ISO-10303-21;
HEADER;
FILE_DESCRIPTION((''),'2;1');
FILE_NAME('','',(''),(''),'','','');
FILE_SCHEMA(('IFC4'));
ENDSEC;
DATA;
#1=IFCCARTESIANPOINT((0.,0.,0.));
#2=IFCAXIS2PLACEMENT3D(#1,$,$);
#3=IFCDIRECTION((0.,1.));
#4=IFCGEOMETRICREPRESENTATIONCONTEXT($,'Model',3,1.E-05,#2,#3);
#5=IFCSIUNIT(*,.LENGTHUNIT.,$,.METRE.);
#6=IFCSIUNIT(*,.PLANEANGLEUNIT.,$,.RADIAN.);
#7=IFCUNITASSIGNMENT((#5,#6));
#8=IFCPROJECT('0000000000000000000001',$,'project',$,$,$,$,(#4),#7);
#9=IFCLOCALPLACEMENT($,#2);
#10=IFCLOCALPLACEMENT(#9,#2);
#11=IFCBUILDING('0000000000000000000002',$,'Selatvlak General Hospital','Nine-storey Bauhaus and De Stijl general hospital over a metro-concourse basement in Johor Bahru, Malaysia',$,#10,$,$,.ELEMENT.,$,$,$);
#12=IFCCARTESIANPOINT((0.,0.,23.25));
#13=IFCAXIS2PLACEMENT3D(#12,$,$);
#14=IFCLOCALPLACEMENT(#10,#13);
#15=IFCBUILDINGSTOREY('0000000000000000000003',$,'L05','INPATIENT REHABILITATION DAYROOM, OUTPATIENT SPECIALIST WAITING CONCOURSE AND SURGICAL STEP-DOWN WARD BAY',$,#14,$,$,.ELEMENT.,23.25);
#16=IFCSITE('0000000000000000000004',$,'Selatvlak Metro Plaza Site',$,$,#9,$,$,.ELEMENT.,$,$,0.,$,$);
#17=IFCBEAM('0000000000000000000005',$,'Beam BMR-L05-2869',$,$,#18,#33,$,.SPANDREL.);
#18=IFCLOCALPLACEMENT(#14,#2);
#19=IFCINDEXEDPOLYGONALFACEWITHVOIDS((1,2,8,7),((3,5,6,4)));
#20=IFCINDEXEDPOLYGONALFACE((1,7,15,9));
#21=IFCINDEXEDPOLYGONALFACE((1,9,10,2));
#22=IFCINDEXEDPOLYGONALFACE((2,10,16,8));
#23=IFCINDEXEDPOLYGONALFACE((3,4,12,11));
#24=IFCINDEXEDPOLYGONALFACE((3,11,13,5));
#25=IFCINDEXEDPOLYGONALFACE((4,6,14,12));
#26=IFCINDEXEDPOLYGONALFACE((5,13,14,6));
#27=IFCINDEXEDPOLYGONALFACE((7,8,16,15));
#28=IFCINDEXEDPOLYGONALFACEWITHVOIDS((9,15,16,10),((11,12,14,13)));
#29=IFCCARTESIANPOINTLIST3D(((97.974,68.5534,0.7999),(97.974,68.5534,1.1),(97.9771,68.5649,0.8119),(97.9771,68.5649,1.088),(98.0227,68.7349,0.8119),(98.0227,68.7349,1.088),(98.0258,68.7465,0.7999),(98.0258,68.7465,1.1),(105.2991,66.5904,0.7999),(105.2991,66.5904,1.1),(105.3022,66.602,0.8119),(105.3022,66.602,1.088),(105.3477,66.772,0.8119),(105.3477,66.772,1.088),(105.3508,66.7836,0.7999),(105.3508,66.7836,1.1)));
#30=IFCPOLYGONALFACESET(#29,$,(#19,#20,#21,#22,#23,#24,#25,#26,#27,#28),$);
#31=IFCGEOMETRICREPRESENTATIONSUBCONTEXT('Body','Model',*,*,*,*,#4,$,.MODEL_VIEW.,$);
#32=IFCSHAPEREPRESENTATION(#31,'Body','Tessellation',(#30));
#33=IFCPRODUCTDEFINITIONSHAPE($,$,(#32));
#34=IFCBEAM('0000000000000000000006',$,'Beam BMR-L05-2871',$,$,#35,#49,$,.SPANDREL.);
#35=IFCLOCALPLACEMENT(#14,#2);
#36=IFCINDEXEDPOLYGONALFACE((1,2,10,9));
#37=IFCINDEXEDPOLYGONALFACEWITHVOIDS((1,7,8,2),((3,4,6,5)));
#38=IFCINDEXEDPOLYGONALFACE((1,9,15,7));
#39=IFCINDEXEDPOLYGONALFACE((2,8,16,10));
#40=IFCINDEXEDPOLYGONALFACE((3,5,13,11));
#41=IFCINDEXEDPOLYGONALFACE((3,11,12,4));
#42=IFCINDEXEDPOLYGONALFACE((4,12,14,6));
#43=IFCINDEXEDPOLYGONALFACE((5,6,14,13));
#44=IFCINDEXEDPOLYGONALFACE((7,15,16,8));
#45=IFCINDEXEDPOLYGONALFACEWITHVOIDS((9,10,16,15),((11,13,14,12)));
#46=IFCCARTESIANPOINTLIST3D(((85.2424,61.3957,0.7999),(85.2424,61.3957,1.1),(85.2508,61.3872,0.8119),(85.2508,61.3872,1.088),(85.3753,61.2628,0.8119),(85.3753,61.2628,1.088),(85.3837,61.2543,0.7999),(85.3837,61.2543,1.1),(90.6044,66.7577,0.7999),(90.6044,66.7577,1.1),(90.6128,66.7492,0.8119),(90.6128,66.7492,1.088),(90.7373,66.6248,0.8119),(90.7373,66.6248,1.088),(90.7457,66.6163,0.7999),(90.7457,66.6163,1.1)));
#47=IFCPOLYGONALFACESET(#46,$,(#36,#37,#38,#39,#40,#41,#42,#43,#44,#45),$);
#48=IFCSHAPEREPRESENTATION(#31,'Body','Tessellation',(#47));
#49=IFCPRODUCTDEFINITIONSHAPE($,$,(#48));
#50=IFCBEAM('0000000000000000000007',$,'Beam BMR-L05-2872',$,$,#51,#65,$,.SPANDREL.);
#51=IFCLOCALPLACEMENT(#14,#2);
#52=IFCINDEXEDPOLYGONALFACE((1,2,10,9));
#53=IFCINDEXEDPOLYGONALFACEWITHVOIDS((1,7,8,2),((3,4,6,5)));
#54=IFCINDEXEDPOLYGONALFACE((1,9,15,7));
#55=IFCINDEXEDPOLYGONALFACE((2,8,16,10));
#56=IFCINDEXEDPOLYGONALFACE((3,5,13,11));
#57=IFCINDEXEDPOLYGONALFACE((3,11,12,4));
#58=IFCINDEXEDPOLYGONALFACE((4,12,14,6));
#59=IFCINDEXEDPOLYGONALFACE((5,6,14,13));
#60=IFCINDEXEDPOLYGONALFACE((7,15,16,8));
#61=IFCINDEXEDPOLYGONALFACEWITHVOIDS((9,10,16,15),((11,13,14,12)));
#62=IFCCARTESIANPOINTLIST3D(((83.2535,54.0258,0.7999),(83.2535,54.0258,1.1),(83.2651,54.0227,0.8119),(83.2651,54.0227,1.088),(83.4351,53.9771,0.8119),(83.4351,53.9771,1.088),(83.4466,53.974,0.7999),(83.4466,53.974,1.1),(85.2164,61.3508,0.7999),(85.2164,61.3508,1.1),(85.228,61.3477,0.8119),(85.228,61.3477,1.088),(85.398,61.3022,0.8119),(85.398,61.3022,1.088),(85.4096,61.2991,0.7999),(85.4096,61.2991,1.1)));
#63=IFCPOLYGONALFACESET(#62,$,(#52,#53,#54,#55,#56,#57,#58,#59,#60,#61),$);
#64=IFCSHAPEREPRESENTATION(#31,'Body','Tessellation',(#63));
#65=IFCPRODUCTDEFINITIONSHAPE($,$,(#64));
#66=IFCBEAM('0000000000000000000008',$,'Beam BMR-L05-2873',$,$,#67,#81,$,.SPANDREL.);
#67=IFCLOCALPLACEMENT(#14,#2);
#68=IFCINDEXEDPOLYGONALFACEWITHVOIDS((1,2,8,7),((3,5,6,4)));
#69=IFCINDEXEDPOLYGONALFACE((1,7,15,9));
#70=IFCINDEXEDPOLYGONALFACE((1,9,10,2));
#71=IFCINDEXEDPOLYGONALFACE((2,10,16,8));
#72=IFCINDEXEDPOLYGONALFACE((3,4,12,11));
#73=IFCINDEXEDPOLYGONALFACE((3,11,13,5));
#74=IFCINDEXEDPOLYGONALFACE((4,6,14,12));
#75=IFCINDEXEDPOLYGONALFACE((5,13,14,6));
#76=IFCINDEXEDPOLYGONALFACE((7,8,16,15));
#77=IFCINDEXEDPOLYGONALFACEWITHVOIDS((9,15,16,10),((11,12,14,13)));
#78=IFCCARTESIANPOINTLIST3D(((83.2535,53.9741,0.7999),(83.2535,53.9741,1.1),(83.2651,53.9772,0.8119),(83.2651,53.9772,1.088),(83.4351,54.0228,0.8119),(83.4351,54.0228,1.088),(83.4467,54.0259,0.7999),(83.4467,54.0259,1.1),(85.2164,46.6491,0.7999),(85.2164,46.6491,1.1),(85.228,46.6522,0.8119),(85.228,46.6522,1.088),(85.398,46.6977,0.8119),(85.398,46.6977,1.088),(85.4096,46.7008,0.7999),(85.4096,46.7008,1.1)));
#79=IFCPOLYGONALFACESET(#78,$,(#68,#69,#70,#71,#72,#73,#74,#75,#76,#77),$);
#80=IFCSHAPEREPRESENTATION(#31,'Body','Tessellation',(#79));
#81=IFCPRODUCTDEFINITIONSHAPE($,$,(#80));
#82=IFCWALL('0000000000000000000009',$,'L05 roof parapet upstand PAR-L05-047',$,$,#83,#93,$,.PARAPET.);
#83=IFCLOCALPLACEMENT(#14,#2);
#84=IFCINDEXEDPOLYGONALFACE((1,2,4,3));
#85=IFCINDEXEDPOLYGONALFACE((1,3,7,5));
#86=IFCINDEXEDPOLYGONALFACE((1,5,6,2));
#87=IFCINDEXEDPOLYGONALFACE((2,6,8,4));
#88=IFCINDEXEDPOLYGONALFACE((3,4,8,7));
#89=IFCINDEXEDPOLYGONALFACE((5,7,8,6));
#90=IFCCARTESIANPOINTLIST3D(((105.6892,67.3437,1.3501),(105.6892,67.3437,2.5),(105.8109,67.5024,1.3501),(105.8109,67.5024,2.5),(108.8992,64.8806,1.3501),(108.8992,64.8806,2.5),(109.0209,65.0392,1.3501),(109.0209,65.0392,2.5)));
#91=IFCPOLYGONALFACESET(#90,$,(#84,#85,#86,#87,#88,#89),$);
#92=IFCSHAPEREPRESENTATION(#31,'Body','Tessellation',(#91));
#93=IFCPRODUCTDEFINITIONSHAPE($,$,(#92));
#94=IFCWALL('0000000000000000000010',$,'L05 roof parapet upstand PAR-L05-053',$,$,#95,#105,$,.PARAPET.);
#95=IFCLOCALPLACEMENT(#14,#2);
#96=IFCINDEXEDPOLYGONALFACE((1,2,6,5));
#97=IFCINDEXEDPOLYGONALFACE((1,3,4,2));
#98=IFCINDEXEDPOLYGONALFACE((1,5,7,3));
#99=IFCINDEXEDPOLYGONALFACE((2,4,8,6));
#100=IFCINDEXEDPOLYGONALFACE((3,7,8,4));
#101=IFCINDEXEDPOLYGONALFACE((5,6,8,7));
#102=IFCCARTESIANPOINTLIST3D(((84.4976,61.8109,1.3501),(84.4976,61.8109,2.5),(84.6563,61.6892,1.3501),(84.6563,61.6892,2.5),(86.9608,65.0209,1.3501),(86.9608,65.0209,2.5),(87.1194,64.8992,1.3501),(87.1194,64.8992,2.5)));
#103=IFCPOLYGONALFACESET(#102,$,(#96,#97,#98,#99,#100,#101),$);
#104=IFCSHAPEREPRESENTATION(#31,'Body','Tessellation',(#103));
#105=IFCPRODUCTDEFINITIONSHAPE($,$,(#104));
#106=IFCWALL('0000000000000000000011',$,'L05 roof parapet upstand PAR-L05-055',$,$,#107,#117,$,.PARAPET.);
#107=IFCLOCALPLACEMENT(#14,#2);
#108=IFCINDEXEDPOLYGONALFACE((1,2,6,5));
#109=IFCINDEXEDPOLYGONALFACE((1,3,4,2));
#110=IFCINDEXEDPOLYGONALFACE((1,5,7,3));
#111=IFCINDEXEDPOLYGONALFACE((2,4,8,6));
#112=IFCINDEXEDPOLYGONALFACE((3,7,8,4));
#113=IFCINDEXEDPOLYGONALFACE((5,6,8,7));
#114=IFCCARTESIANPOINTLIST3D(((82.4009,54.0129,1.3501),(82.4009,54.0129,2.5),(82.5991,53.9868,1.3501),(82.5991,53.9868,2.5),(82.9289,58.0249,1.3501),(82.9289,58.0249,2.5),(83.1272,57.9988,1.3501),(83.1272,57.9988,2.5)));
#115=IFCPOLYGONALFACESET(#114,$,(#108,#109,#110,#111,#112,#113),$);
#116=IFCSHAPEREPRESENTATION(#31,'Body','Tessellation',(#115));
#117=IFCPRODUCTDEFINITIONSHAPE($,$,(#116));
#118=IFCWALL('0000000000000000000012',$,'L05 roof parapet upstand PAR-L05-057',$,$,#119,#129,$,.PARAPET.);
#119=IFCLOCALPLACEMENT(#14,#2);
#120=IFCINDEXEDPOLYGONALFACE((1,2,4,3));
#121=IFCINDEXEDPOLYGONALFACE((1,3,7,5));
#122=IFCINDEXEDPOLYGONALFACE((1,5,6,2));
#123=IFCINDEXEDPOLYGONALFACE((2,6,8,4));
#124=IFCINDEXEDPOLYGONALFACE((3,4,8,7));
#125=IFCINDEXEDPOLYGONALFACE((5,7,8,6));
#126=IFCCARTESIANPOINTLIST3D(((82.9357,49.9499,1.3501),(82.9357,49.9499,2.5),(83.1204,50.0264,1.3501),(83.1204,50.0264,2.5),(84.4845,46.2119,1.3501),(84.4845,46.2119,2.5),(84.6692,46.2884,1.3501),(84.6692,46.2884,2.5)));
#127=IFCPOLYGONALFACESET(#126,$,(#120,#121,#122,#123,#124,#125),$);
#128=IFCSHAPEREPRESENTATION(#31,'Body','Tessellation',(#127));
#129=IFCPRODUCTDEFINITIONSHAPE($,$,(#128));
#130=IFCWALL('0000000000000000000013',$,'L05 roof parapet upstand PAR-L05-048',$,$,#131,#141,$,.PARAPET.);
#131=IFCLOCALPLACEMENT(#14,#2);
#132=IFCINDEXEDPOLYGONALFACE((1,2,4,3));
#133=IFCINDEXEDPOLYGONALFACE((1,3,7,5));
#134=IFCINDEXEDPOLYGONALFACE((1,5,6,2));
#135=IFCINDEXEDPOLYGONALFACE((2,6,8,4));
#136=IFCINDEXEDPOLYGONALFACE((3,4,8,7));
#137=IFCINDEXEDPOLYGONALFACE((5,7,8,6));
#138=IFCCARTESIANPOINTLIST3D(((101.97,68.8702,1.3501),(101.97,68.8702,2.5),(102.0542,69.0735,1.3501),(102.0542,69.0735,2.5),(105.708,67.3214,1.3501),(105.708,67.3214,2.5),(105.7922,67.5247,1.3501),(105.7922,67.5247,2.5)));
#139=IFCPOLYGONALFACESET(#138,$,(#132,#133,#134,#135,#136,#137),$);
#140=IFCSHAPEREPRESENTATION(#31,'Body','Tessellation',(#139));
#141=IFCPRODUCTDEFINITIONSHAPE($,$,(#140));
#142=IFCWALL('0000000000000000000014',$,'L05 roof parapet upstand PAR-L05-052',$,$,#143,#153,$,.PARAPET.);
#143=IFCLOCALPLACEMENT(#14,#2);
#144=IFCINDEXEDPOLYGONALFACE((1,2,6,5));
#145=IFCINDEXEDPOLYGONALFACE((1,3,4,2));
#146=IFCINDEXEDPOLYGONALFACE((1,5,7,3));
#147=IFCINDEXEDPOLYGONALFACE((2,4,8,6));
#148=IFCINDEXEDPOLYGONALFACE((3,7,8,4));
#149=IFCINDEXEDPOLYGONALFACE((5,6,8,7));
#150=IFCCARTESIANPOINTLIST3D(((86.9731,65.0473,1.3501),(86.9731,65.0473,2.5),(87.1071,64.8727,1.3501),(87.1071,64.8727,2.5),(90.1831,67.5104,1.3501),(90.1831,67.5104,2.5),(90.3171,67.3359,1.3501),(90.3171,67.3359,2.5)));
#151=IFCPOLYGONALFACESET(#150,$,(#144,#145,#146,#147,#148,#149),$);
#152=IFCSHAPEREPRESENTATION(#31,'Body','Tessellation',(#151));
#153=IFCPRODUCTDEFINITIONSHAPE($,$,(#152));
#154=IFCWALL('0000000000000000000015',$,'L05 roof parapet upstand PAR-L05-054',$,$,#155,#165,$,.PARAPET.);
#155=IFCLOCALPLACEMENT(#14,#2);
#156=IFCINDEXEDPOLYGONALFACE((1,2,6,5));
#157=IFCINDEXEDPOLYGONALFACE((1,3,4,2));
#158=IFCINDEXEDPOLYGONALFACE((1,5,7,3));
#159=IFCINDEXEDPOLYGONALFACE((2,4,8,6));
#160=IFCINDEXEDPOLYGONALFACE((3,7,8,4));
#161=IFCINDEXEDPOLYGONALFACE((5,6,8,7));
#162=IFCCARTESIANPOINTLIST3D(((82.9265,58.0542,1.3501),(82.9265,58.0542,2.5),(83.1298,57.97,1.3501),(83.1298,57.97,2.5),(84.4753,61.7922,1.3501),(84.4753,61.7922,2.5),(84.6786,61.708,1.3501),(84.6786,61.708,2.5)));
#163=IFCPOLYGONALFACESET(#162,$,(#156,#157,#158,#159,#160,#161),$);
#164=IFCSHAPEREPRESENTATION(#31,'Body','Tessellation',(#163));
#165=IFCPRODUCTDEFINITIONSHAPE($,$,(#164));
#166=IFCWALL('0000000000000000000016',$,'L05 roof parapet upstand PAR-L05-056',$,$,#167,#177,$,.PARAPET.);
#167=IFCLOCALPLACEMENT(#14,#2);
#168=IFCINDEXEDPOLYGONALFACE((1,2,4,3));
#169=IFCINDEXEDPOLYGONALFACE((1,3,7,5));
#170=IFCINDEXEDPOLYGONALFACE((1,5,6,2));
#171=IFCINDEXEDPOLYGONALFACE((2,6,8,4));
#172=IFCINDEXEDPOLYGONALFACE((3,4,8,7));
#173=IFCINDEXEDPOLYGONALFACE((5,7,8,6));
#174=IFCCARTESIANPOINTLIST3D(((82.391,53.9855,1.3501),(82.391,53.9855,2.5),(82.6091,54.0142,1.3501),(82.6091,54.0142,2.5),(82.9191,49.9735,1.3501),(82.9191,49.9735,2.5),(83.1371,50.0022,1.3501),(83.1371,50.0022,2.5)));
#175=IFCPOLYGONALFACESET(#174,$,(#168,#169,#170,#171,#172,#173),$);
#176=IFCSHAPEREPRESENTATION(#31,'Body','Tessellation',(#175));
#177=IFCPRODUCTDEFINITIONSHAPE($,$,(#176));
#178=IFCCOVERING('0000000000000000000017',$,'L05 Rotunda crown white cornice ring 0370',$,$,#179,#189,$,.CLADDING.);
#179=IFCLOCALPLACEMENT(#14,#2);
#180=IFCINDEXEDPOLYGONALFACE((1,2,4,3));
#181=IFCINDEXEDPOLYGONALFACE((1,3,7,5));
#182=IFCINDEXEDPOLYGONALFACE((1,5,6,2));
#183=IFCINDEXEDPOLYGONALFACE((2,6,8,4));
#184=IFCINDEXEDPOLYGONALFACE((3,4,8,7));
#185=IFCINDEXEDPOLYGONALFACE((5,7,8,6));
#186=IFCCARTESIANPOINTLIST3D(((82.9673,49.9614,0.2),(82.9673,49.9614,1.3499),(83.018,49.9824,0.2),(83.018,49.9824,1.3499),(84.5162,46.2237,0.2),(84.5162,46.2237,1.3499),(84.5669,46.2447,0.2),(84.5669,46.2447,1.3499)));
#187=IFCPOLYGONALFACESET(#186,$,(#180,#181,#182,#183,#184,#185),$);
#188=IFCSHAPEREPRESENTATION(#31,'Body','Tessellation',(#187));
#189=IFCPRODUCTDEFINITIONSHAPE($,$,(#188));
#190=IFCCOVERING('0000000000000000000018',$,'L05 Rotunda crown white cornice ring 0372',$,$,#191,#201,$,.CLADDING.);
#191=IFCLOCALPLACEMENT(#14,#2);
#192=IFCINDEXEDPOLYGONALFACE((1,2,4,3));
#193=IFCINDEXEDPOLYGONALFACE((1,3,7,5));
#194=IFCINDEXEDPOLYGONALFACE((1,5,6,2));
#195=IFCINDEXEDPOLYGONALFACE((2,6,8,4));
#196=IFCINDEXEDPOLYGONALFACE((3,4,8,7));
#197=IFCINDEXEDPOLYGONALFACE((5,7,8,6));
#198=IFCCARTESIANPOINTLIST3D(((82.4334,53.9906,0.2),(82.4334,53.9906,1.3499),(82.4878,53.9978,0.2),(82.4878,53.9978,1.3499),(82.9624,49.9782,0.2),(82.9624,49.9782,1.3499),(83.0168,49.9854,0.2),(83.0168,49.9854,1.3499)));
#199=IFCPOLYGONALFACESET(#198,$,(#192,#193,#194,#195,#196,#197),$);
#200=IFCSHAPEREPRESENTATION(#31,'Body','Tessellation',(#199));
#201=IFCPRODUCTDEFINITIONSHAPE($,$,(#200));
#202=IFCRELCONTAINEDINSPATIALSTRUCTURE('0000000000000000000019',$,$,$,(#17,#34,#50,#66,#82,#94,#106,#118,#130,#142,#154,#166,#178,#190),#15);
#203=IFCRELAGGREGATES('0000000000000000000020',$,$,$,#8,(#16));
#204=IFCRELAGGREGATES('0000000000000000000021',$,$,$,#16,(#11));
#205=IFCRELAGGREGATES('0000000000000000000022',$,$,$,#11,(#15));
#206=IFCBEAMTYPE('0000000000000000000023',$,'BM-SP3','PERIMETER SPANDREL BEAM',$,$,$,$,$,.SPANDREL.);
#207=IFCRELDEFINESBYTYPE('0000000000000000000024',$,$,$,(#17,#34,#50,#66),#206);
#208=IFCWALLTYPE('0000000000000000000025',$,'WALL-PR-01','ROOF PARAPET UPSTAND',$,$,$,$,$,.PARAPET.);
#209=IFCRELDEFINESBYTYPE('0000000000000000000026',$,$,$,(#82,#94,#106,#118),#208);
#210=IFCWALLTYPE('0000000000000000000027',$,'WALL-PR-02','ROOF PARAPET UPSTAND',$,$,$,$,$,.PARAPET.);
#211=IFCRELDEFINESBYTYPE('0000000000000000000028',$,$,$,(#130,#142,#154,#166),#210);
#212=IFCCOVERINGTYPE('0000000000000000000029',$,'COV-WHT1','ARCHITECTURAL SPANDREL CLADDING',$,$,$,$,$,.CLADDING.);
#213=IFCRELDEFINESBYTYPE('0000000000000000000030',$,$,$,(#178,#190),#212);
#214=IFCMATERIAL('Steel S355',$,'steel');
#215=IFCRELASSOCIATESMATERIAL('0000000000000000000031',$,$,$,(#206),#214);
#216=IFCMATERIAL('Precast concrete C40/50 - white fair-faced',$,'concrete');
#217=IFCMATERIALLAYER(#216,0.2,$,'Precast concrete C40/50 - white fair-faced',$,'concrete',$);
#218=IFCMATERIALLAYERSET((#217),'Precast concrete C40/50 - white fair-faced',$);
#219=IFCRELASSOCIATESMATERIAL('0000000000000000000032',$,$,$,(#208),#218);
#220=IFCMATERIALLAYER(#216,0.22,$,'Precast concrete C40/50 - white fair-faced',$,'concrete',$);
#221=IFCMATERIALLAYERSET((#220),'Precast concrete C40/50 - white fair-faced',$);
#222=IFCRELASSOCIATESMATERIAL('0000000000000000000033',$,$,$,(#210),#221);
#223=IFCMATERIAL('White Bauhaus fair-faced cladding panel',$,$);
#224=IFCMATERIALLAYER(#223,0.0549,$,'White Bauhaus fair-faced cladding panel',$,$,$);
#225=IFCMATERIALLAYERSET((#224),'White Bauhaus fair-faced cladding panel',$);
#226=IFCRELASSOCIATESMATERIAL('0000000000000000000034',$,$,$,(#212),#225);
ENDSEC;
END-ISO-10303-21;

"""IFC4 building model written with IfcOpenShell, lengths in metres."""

from ifc_helpers import new_model, si_unit, direction, frame, frame_2d, origin, origin_2d, place, context, subcontext, project, spatial, rectangle, hollow_rectangle, extrude, material, layer, layer_set, material_profile, profile_set, type_object, element, save


model = new_model("IFC4")

# Units and contexts
model_context = context("Model", 3, precision=1e-05, world=origin(), true_north=direction((0.0, 1.0)))
body_context = subcontext(model_context, "Body", "Model", "MODEL_VIEW")
ifc_project = project(units=[si_unit("LENGTHUNIT", "METRE"), si_unit("PLANEANGLEUNIT", "RADIAN")], contexts=[model_context])

# Site, building, storey
site_placement = place(None, origin())
site = spatial("IfcSite", under=ifc_project, at=site_placement, Name="Selatvlak Metro Plaza Site", CompositionType="ELEMENT", RefElevation=0.0)
building_placement = place(site_placement, origin())
building = spatial("IfcBuilding", under=site, at=building_placement, Name="Selatvlak General Hospital", Description="Nine-storey Bauhaus and De Stijl general hospital over a metro-concourse basement in Johor Bahru, Malaysia", CompositionType="ELEMENT")
storey_placement = place(building_placement, frame((0.0, 0.0, 23.25)))
storey = spatial("IfcBuildingStorey", under=building, at=storey_placement, Name="L05", Description="INPATIENT REHABILITATION DAYROOM, OUTPATIENT SPECIALIST WAITING CONCOURSE AND SURGICAL STEP-DOWN WARD BAY", CompositionType="ELEMENT", Elevation=23.25)

# Beams
ifc_material_1 = material(Name="Steel S355", Category="steel")
ifc_material_profile = material_profile(ifc_material_1, hollow_rectangle(XDim=0.2, YDim=0.3, WallThickness=0.012, at=origin_2d()), Name="RHS 300x200x12")
ifc_profile_set = profile_set([ifc_material_profile], Name="Steel S355")
beam_type = type_object("IfcBeamType", Name="BM-SP3", Description="PERIMETER SPANDREL BEAM", PredefinedType="SPANDREL", material=ifc_profile_set)
beam_1_placement = place(storey_placement, frame((105.325, 66.687, 0.95), z_axis=(-0.96592, 0.258841, 0.0), x_axis=(-0.258841, -0.96592, 0.0)))
element("IfcBeam", 1, at=beam_1_placement, inside=storey, type_object=beam_type, Name="Beam BMR-L05-2869", PredefinedType="SPANDREL", context=body_context, shape_type="SweptSolid", body=[
    extrude(hollow_rectangle(XDim=0.2, YDim=0.3, WallThickness=0.012, at=origin_2d()), origin(), (0.0, 0.0, 1.0), 7.5835),
])
beam_2_placement = place(storey_placement, frame((90.675, 66.687, 0.95), z_axis=(-0.707107, -0.707107, 0.0), x_axis=(0.707107, -0.707107, 0.0)))
element("IfcBeam", 2, at=beam_2_placement, inside=storey, type_object=beam_type, Name="Beam BMR-L05-2871", PredefinedType="SPANDREL", context=body_context, shape_type="SweptSolid", body=[
    extrude(hollow_rectangle(XDim=0.2, YDim=0.3, WallThickness=0.012, at=origin_2d()), origin(), (0.0, 0.0, 1.0), 7.583),
])
for number, where, z_axis, x_axis, name in (
    (3, (85.313, 61.325, 0.95), (-0.258841, -0.96592, 0.0), (0.96592, -0.258841, 0.0), "Beam BMR-L05-2872"),
    (4, (83.3501, 54.0, 0.95), (0.258841, -0.96592, 0.0), (0.96592, 0.258841, 0.0), "Beam BMR-L05-2873"),
):
    element("IfcBeam", number, at=place(storey_placement, frame(where, z_axis=z_axis, x_axis=x_axis)), inside=storey, type_object=beam_type, Name=name, PredefinedType="SPANDREL", context=body_context, shape_type="SweptSolid", body=[
        extrude(hollow_rectangle(XDim=0.2, YDim=0.3, WallThickness=0.012, at=origin_2d()), origin(), (0.0, 0.0, 1.0), 7.5835),
    ])

# Walls
ifc_material_2 = material(Name="Precast concrete C40/50 - white fair-faced", Category="concrete")
ifc_layer_1 = layer(ifc_material_2, 0.2, Name="Precast concrete C40/50 - white fair-faced", Category="concrete")
ifc_layer_set_1 = layer_set([ifc_layer_1], Name="Precast concrete C40/50 - white fair-faced")
wall_type_1 = type_object("IfcWallType", Name="WALL-PR-01", Description="ROOF PARAPET UPSTAND", PredefinedType="PARAPET", material=ifc_layer_set_1)
for number, where, z_axis, x_axis, name in (
    (5, (108.96, 64.96, 1.3501), (0.0, 0.0, 1.0), (-0.793348, 0.608768, 0.0), "L05 roof parapet upstand PAR-L05-047"),
    (6, (87.04, 64.96, 1.3501), (0.0, 0.0, 1.0), (-0.608768, -0.793348, 0.0), "L05 roof parapet upstand PAR-L05-053"),
):
    element("IfcWall", number, at=place(storey_placement, frame(where, z_axis=z_axis, x_axis=x_axis)), inside=storey, type_object=wall_type_1, Name=name, PredefinedType="PARAPET", context=body_context, shape_type="SweptSolid", body=[
        extrude(rectangle(XDim=4.0461, YDim=0.2, at=frame_2d((2.0229, 0.0))), origin(), (0.0, 0.0, 1.0), 1.1499),
    ])
wall_1_placement = place(storey_placement, frame((83.0281, 58.012, 1.3501), z_axis=(0.0, 0.0, 1.0), x_axis=(-0.1305, -0.991448, 0.0)))
element("IfcWall", 7, at=wall_1_placement, inside=storey, type_object=wall_type_1, Name="L05 roof parapet upstand PAR-L05-055", PredefinedType="PARAPET", context=body_context, shape_type="SweptSolid", body=[
    extrude(rectangle(XDim=4.0466, YDim=0.2, at=frame_2d((2.0234, 0.0))), origin(), (0.0, 0.0, 1.0), 1.1499),
])
wall_2_placement = place(storey_placement, frame((83.0281, 49.988, 1.3501), z_axis=(0.0, 0.0, 1.0), x_axis=(0.382785, -0.923837, 0.0)))
element("IfcWall", 8, at=wall_2_placement, inside=storey, type_object=wall_type_1, Name="L05 roof parapet upstand PAR-L05-057", PredefinedType="PARAPET", context=body_context, shape_type="SweptSolid", body=[
    extrude(rectangle(XDim=4.0461, YDim=0.2, at=frame_2d((2.0229, 0.0))), origin(), (0.0, 0.0, 1.0), 1.1499),
])
ifc_layer_2 = layer(ifc_material_2, 0.22, Name="Precast concrete C40/50 - white fair-faced", Category="concrete")
ifc_layer_set_2 = layer_set([ifc_layer_2], Name="Precast concrete C40/50 - white fair-faced")
wall_type_2 = type_object("IfcWallType", Name="WALL-PR-02", Description="ROOF PARAPET UPSTAND", PredefinedType="PARAPET", material=ifc_layer_set_2)
for number, where, z_axis, x_axis, name in (
    (9, (105.75, 67.4231, 1.3501), (0.0, 0.0, 1.0), (-0.923837, 0.382785, 0.0), "L05 roof parapet upstand PAR-L05-048"),
    (10, (90.25, 67.4231, 1.3501), (0.0, 0.0, 1.0), (-0.793348, -0.608768, 0.0), "L05 roof parapet upstand PAR-L05-052"),
    (11, (84.5769, 61.75, 1.3501), (0.0, 0.0, 1.0), (-0.382785, -0.923837, 0.0), "L05 roof parapet upstand PAR-L05-054"),
):
    element("IfcWall", number, at=place(storey_placement, frame(where, z_axis=z_axis, x_axis=x_axis)), inside=storey, type_object=wall_type_2, Name=name, PredefinedType="PARAPET", context=body_context, shape_type="SweptSolid", body=[
        extrude(rectangle(XDim=4.0461, YDim=0.22, at=frame_2d((2.0229, 0.0))), origin(), (0.0, 0.0, 1.0), 1.1499),
    ])
wall_3_placement = place(storey_placement, frame((82.5, 54.0, 1.3501), z_axis=(0.0, 0.0, 1.0), x_axis=(0.1305, -0.991448, 0.0)))
element("IfcWall", 12, at=wall_3_placement, inside=storey, type_object=wall_type_2, Name="L05 roof parapet upstand PAR-L05-056", PredefinedType="PARAPET", context=body_context, shape_type="SweptSolid", body=[
    extrude(rectangle(XDim=4.0466, YDim=0.22, at=frame_2d((2.0234, 0.0))), origin(), (0.0, 0.0, 1.0), 1.1499),
])

# Coverings
ifc_material_3 = material(Name="White Bauhaus fair-faced cladding panel")
ifc_layer_3 = layer(ifc_material_3, 0.0549, Name="White Bauhaus fair-faced cladding panel")
ifc_layer_set_3 = layer_set([ifc_layer_3], Name="White Bauhaus fair-faced cladding panel")
covering_type = type_object("IfcCoveringType", Name="COV-WHT1", Description="ARCHITECTURAL SPANDREL CLADDING", PredefinedType="CLADDING", material=ifc_layer_set_3)
covering_1_placement = place(storey_placement, frame((83.7671, 48.103, 0.2), z_axis=(0.0, 0.0, 1.0), x_axis=(-0.382829, 0.923819, 0.0)))
element("IfcCovering", 13, at=covering_1_placement, inside=storey, type_object=covering_type, Name="L05 Rotunda crown white cornice ring 0370", PredefinedType="CLADDING", context=body_context, shape_type="SweptSolid", body=[
    extrude(rectangle(XDim=4.0459, YDim=0.0549, at=origin_2d()), origin(), (0.0, 0.0, 1.0), 1.1499),
])
for number, where, z_axis, x_axis, name in (
    (14, (82.7251, 51.988, 0.2), (0.0, 0.0, 1.0), (-0.130717, 0.99142, 0.0), "L05 Rotunda crown white cornice ring 0372"),
):
    element("IfcCovering", number, at=place(storey_placement, frame(where, z_axis=z_axis, x_axis=x_axis)), inside=storey, type_object=covering_type, Name=name, PredefinedType="CLADDING", context=body_context, shape_type="SweptSolid", body=[
        extrude(rectangle(XDim=4.0471, YDim=0.0549, at=origin_2d()), origin(), (0.0, 0.0, 1.0), 1.1499),
    ])

save(model, "model.ifc")
